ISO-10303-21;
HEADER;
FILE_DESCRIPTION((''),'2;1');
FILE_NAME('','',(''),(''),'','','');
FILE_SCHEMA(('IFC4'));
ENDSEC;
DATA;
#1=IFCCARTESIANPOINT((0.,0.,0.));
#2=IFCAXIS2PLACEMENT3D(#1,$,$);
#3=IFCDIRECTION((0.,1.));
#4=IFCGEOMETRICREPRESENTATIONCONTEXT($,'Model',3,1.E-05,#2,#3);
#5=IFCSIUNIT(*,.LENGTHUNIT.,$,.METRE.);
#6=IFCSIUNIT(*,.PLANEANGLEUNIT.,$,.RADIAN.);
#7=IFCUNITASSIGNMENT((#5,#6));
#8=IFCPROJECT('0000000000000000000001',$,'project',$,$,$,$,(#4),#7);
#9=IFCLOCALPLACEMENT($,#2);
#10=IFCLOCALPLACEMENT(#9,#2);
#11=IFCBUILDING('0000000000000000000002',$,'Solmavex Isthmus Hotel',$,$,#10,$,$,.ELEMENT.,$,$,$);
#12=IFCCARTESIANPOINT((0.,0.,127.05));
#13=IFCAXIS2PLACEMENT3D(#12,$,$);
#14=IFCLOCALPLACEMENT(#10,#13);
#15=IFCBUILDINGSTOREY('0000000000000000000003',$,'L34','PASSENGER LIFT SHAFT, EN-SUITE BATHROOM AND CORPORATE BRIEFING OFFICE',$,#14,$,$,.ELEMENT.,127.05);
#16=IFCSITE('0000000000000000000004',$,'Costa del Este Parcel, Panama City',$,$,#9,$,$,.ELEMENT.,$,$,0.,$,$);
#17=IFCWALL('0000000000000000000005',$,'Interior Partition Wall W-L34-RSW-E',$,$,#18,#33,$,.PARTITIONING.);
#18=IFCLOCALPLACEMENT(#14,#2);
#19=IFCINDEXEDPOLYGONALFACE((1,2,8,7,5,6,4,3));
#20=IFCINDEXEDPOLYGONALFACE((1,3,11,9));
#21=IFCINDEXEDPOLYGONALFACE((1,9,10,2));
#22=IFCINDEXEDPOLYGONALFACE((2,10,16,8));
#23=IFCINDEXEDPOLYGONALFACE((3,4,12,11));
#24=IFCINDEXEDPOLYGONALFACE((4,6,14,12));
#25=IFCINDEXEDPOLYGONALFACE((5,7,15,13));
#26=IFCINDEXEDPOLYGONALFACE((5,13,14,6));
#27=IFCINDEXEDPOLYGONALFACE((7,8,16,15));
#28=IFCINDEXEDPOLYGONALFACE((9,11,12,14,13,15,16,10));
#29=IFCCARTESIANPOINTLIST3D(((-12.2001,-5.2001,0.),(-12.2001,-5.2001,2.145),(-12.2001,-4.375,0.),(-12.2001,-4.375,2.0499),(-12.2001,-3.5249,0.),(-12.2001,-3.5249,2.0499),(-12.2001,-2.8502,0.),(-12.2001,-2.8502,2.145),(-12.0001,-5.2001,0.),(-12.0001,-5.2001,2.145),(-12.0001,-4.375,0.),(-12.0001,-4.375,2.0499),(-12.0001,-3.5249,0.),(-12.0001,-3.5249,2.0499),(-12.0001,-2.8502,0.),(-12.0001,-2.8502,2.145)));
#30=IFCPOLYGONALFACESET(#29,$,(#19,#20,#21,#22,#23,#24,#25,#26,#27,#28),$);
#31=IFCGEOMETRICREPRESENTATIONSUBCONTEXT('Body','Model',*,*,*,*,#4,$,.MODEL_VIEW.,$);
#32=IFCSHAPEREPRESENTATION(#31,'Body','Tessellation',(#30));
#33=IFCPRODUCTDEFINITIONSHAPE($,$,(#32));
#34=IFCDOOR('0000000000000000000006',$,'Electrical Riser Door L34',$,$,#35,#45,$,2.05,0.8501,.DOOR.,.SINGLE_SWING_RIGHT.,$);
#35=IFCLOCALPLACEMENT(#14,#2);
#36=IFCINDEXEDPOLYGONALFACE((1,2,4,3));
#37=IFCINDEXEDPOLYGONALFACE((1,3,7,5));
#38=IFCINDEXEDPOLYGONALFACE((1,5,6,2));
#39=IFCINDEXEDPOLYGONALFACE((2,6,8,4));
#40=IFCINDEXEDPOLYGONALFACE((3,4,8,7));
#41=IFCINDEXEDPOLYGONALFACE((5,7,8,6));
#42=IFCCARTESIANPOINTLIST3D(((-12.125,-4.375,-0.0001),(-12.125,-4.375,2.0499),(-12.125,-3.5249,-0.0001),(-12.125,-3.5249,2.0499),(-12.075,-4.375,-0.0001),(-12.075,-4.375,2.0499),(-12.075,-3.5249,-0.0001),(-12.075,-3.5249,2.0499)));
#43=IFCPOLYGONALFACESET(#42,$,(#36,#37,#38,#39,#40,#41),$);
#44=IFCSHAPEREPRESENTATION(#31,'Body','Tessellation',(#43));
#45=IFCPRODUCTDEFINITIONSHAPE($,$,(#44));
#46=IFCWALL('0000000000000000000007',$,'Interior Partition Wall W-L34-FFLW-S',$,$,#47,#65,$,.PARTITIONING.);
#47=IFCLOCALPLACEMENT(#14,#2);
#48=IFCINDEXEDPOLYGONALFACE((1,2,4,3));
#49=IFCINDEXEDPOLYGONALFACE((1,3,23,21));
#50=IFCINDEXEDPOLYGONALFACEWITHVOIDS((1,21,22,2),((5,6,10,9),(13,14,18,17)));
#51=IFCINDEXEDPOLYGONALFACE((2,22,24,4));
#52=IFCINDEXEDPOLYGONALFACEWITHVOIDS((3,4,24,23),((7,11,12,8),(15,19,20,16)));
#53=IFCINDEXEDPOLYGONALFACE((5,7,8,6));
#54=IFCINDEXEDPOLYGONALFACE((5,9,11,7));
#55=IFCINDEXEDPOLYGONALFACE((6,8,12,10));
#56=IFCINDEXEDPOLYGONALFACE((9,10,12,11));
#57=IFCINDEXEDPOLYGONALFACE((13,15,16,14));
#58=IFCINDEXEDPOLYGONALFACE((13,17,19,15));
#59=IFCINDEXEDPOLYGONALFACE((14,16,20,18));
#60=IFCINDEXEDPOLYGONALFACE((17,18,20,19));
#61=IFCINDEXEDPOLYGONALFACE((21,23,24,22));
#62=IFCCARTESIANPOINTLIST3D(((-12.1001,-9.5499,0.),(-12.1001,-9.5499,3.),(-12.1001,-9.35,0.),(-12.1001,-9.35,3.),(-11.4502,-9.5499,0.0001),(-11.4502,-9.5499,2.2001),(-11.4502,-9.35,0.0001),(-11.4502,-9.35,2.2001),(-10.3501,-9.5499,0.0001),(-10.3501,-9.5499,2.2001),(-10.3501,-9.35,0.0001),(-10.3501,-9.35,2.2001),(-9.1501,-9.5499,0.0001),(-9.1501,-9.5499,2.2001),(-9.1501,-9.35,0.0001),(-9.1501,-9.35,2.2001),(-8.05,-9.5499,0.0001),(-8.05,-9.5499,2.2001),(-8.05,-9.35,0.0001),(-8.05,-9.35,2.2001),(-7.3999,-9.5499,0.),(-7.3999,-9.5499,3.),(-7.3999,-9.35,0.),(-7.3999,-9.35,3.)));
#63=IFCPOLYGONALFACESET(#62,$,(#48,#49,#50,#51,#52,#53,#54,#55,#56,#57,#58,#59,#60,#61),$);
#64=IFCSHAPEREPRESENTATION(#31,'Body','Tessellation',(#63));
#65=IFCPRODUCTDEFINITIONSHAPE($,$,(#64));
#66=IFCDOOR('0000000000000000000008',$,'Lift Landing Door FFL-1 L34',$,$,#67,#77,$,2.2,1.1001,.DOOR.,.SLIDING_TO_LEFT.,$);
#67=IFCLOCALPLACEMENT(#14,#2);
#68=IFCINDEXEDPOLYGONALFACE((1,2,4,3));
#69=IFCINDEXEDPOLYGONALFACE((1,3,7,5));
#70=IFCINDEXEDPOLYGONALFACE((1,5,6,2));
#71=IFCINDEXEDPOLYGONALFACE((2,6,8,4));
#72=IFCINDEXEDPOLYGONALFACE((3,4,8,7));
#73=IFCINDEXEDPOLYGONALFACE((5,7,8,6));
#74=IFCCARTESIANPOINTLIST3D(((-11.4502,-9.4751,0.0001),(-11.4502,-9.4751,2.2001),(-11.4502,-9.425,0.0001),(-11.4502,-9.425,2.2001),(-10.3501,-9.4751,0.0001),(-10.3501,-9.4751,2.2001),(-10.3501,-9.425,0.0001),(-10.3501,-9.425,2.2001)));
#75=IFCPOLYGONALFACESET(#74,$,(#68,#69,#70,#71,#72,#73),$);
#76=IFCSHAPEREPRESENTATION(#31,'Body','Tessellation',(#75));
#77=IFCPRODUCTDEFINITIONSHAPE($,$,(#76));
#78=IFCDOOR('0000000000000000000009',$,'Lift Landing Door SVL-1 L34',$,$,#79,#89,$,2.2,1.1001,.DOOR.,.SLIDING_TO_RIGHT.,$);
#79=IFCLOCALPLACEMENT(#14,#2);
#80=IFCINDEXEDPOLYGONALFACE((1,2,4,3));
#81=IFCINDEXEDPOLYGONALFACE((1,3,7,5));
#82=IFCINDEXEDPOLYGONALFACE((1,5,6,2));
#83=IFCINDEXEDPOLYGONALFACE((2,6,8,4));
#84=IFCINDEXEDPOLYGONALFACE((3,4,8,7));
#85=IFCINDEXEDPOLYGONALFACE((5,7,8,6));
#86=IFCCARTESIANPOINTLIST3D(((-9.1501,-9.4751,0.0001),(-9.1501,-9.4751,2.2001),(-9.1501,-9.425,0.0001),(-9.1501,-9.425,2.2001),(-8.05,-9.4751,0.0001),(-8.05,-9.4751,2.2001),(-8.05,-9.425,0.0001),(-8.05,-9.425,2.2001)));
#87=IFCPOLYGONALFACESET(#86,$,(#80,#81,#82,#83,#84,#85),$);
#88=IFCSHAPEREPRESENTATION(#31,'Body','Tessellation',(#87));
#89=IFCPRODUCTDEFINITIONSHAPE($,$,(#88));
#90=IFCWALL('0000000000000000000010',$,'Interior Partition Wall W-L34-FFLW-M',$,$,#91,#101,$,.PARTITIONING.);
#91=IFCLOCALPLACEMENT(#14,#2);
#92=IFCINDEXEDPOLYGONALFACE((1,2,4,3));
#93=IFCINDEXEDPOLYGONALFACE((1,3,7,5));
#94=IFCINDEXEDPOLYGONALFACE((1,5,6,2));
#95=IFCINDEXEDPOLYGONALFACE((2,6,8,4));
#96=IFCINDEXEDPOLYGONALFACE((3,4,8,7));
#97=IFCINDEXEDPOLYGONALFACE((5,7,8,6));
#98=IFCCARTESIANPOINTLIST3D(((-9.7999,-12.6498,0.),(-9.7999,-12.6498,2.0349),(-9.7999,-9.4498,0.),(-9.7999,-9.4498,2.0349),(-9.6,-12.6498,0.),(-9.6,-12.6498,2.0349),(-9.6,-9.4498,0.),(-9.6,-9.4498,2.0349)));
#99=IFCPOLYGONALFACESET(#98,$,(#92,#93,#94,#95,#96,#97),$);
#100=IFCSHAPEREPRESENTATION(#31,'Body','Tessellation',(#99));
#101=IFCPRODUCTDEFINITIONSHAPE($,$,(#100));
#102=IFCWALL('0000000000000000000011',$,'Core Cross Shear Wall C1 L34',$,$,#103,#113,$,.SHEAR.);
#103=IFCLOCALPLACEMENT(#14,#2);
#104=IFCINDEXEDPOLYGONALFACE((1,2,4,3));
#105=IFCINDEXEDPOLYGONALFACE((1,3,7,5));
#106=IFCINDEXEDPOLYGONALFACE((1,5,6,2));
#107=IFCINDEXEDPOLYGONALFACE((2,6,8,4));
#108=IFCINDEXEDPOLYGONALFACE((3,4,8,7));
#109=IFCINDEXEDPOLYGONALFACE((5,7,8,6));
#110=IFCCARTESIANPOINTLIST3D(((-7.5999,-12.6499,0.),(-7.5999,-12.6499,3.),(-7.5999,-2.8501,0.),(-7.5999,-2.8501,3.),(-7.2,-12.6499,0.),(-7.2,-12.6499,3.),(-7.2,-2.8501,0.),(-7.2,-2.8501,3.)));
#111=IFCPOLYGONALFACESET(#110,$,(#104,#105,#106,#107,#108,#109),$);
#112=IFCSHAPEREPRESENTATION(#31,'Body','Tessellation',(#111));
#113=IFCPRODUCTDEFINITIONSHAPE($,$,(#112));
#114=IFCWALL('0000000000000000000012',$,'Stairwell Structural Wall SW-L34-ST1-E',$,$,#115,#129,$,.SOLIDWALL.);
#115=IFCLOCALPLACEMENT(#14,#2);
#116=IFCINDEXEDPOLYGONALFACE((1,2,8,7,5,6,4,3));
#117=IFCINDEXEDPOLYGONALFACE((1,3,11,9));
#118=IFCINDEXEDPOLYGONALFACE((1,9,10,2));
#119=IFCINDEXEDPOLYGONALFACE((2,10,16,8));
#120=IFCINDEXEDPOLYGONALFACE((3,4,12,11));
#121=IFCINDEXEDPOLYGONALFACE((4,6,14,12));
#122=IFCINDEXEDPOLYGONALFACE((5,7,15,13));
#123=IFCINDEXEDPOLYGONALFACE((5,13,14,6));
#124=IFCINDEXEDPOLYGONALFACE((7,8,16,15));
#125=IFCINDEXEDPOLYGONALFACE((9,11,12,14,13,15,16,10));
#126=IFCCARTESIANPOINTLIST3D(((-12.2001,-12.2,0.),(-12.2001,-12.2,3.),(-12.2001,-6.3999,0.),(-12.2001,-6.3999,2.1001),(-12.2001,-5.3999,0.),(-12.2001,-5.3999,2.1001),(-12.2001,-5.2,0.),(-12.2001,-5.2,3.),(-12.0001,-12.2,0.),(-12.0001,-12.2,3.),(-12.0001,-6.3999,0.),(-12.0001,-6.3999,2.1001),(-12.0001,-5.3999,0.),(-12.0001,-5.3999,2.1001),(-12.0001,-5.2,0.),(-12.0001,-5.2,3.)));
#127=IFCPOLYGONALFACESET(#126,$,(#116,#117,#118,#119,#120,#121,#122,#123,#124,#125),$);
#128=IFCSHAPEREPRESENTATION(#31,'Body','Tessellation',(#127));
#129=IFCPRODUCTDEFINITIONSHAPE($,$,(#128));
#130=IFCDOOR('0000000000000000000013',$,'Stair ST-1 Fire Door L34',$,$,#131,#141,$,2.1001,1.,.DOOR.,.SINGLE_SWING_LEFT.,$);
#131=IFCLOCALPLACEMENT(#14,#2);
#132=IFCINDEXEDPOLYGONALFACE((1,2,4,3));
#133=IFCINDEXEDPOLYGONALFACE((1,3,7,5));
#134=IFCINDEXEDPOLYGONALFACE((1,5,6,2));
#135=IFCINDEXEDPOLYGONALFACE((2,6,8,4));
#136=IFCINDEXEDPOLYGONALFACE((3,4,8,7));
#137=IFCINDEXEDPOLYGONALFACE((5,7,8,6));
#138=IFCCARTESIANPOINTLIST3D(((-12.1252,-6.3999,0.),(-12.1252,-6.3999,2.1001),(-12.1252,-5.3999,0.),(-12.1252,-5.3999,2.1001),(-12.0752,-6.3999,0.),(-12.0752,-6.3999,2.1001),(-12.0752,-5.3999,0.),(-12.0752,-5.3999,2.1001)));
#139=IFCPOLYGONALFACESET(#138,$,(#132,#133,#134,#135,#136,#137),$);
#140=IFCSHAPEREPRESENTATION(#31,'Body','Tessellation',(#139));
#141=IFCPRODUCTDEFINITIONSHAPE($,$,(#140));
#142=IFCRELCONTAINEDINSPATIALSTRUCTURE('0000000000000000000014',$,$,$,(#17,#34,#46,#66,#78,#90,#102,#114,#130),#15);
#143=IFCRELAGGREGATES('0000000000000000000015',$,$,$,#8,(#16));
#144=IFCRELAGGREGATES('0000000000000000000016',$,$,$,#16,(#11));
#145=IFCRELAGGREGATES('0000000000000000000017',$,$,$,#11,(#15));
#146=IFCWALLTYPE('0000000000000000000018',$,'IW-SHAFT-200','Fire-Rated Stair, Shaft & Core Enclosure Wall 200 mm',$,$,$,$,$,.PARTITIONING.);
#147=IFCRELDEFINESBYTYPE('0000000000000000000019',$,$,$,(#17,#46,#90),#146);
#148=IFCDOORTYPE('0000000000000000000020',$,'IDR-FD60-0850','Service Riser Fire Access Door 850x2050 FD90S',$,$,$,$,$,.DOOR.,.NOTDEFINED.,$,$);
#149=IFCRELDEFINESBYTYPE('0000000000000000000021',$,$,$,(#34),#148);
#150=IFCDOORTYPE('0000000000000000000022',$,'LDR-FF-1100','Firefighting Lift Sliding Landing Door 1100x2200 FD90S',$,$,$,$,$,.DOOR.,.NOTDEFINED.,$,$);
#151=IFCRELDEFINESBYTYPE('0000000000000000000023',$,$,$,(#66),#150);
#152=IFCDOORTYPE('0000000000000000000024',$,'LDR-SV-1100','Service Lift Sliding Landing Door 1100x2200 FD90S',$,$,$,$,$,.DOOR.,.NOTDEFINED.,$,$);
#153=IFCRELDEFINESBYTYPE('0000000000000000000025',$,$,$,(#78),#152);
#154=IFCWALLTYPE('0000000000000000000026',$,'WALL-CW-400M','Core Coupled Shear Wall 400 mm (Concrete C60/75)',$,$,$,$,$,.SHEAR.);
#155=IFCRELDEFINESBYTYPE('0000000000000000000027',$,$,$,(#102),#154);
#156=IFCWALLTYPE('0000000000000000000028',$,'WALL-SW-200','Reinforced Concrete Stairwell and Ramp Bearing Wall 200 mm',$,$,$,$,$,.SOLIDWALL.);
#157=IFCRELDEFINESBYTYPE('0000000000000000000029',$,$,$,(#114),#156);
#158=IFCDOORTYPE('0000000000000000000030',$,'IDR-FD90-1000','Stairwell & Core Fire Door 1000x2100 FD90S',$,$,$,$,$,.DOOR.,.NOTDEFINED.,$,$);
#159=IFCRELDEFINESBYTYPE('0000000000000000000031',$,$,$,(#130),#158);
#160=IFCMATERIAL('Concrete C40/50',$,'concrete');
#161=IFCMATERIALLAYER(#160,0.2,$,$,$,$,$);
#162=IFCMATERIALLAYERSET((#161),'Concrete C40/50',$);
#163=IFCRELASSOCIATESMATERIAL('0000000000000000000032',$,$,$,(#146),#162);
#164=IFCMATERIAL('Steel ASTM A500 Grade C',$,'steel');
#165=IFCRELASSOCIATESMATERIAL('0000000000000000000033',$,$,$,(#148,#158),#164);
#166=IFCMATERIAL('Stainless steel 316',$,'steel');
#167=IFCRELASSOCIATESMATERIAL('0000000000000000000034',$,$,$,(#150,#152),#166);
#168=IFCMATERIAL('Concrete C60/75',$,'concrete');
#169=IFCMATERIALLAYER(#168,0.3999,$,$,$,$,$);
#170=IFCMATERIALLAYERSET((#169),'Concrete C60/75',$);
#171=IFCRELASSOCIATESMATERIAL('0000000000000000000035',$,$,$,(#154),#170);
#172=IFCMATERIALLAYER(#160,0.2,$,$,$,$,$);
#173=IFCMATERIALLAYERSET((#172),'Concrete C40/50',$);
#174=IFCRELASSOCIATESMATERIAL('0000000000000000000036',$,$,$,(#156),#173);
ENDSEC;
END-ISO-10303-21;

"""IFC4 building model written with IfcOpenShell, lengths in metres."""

from ifc_helpers import new_model, si_unit, direction, frame, frame_2d, origin, place, context, subcontext, project, spatial, rectangle, extrude, material, layer, layer_set, type_object, element, fill, save


model = new_model("IFC4")

# Units and contexts
model_context = context("Model", 3, precision=1e-05, world=origin(), true_north=direction((0.0, 1.0)))
body_context = subcontext(model_context, "Body", "Model", "MODEL_VIEW")
ifc_project = project(units=[si_unit("LENGTHUNIT", "METRE"), si_unit("PLANEANGLEUNIT", "RADIAN")], contexts=[model_context])

# Site, building, storey
site_placement = place(None, origin())
site = spatial("IfcSite", under=ifc_project, at=site_placement, Name="Costa del Este Parcel, Panama City", CompositionType="ELEMENT", RefElevation=0.0)
building_placement = place(site_placement, origin())
building = spatial("IfcBuilding", under=site, at=building_placement, Name="Solmavex Isthmus Hotel", CompositionType="ELEMENT")
storey_placement = place(building_placement, frame((0.0, 0.0, 127.05)))
storey = spatial("IfcBuildingStorey", under=building, at=storey_placement, Name="L34", Description="PASSENGER LIFT SHAFT, EN-SUITE BATHROOM AND CORPORATE BRIEFING OFFICE", CompositionType="ELEMENT", Elevation=127.05)

# Shared definitions
ifc_material_1 = material(Name="Concrete C60/75", Category="concrete")

# Wall, opening, door
ifc_material_2 = material(Name="Concrete C40/50", Category="concrete")
ifc_layer_1 = layer(ifc_material_2, 0.2)
ifc_layer_set_1 = layer_set([ifc_layer_1], Name="Concrete C40/50")
wall_type_1 = type_object("IfcWallType", Name="IW-SHAFT-200", Description="Fire-Rated Stair, Shaft & Core Enclosure Wall 200 mm", PredefinedType="PARTITIONING", material=ifc_layer_set_1)
wall_1_placement = place(storey_placement, frame((-12.1001, -5.2, 0.0), z_axis=(0.0, 0.0, 1.0), x_axis=(0.0, 1.0, 0.0)))
wall_1 = element("IfcWall", 1, at=wall_1_placement, inside=storey, type_object=wall_type_1, Name="Interior Partition Wall W-L34-RSW-E", PredefinedType="PARTITIONING", context=body_context, shape_type="SweptSolid", body=[
    extrude(rectangle(XDim=2.3499, YDim=0.2, at=frame_2d((1.1748, 0.0))), origin(), (0.0, 0.0, 1.0), 2.145),
])
opening_1_placement = place(wall_1_placement, frame((0.825, 0.0, 0.0)))
opening_1 = element("IfcOpeningElement", 2, at=opening_1_placement, cuts=wall_1, PredefinedType="OPENING", context=body_context, shape_type="SweptSolid", body=[
    extrude(rectangle(XDim=0.8501, YDim=2.05, at=frame_2d((0.425, 1.0249))), frame((0.0, 0.1099, 0.0), z_axis=(0.0, -1.0, 0.0), x_axis=(1.0, 0.0, 0.0)), (0.0, 0.0, 1.0), 0.22),
])
ifc_material_3 = material(Name="Steel ASTM A500 Grade C", Category="steel")
door_type_1 = type_object("IfcDoorType", Name="IDR-FD60-0850", Description="Service Riser Fire Access Door 850x2050 FD90S", OperationType="NOTDEFINED", PredefinedType="DOOR", material=ifc_material_3)
door_1_placement = place(opening_1_placement, origin())
door_1 = element("IfcDoor", 3, at=door_1_placement, inside=storey, type_object=door_type_1, Name="Electrical Riser Door L34", OperationType="SINGLE_SWING_RIGHT", OverallHeight=2.05, OverallWidth=0.8501, PredefinedType="DOOR", context=body_context, shape_type="SweptSolid", body=[
    extrude(rectangle(XDim=0.8501, YDim=2.05, at=frame_2d((0.425, 1.0249))), frame((0.0, 0.0249, 0.0), z_axis=(0.0, -1.0, 0.0), x_axis=(1.0, 0.0, 0.0)), (0.0, 0.0, 1.0), 0.05),
])
fill(opening_1, door_1)

# Wall, openings, doors
wall_2_placement = place(storey_placement, frame((-12.1001, -9.45, 0.0), z_axis=(0.0, 0.0, 1.0), x_axis=(1.0, 0.0, 0.0)))
wall_2 = element("IfcWall", 4, at=wall_2_placement, inside=storey, type_object=wall_type_1, Name="Interior Partition Wall W-L34-FFLW-S", PredefinedType="PARTITIONING", context=body_context, shape_type="SweptSolid", body=[
    extrude(rectangle(XDim=4.7002, YDim=0.2, at=frame_2d((2.3501, 0.0))), origin(), (0.0, 0.0, 1.0), 3.0),
])
opening_2_placement = place(wall_2_placement, frame((0.6499, 0.0, 0.0)))
opening_2 = element("IfcOpeningElement", 5, at=opening_2_placement, cuts=wall_2, PredefinedType="OPENING", context=body_context, shape_type="SweptSolid", body=[
    extrude(rectangle(XDim=1.1001, YDim=2.2, at=frame_2d((0.55, 1.1001))), frame((0.0, 0.1099, 0.0), z_axis=(0.0, -1.0, 0.0), x_axis=(1.0, 0.0, 0.0)), (0.0, 0.0, 1.0), 0.22),
])
opening_3_placement = place(wall_2_placement, frame((2.95, 0.0, 0.0)))
opening_3 = element("IfcOpeningElement", 6, at=opening_3_placement, cuts=wall_2, PredefinedType="OPENING", context=body_context, shape_type="SweptSolid", body=[
    extrude(rectangle(XDim=1.1001, YDim=2.2, at=frame_2d((0.55, 1.1001))), frame((0.0, 0.1099, 0.0), z_axis=(0.0, -1.0, 0.0), x_axis=(1.0, 0.0, 0.0)), (0.0, 0.0, 1.0), 0.22),
])
ifc_material_4 = material(Name="Stainless steel 316", Category="steel")
door_type_2 = type_object("IfcDoorType", Name="LDR-FF-1100", Description="Firefighting Lift Sliding Landing Door 1100x2200 FD90S", OperationType="NOTDEFINED", PredefinedType="DOOR", material=ifc_material_4)
door_2_placement = place(opening_2_placement, origin())
door_2 = element("IfcDoor", 7, at=door_2_placement, inside=storey, type_object=door_type_2, Name="Lift Landing Door FFL-1 L34", OperationType="SLIDING_TO_LEFT", OverallHeight=2.2, OverallWidth=1.1001, PredefinedType="DOOR", context=body_context, shape_type="SweptSolid", body=[
    extrude(rectangle(XDim=1.1001, YDim=2.2, at=frame_2d((0.55, 1.1001))), frame((0.0, 0.0249, 0.0), z_axis=(0.0, -1.0, 0.0), x_axis=(1.0, 0.0, 0.0)), (0.0, 0.0, 1.0), 0.05),
])
fill(opening_2, door_2)
door_type_3 = type_object("IfcDoorType", Name="LDR-SV-1100", Description="Service Lift Sliding Landing Door 1100x2200 FD90S", OperationType="NOTDEFINED", PredefinedType="DOOR", material=ifc_material_4)
door_3_placement = place(opening_3_placement, origin())
door_3 = element("IfcDoor", 8, at=door_3_placement, inside=storey, type_object=door_type_3, Name="Lift Landing Door SVL-1 L34", OperationType="SLIDING_TO_RIGHT", OverallHeight=2.2, OverallWidth=1.1001, PredefinedType="DOOR", context=body_context, shape_type="SweptSolid", body=[
    extrude(rectangle(XDim=1.1001, YDim=2.2, at=frame_2d((0.55, 1.1001))), frame((0.0, 0.0249, 0.0), z_axis=(0.0, -1.0, 0.0), x_axis=(1.0, 0.0, 0.0)), (0.0, 0.0, 1.0), 0.05),
])
fill(opening_3, door_3)

# Walls
wall_3_placement = place(storey_placement, frame((-9.7, -12.6499, 0.0), z_axis=(0.0, 0.0, 1.0), x_axis=(0.0, 1.0, 0.0)))
element("IfcWall", 9, at=wall_3_placement, inside=storey, type_object=wall_type_1, Name="Interior Partition Wall W-L34-FFLW-M", PredefinedType="PARTITIONING", context=body_context, shape_type="SweptSolid", body=[
    extrude(rectangle(XDim=3.2, YDim=0.2, at=frame_2d((1.6001, 0.0))), origin(), (0.0, 0.0, 1.0), 2.0349),
])
ifc_layer_2 = layer(ifc_material_1, 0.3999)
ifc_layer_set_2 = layer_set([ifc_layer_2], Name="Concrete C60/75")
wall_type_2 = type_object("IfcWallType", Name="WALL-CW-400M", Description="Core Coupled Shear Wall 400 mm (Concrete C60/75)", PredefinedType="SHEAR", material=ifc_layer_set_2)
wall_4_placement = place(storey_placement, frame((-7.3999, -12.6499, 0.0), z_axis=(0.0, 0.0, 1.0), x_axis=(0.0, 1.0, 0.0)))
element("IfcWall", 10, at=wall_4_placement, inside=storey, type_object=wall_type_2, Name="Core Cross Shear Wall C1 L34", PredefinedType="SHEAR", context=body_context, shape_type="SweptSolid", body=[
    extrude(rectangle(XDim=9.7998, YDim=0.3999, at=frame_2d((4.8999, 0.0))), origin(), (0.0, 0.0, 1.0), 3.0),
])

# Wall, opening, door
ifc_layer_3 = layer(ifc_material_2, 0.2)
ifc_layer_set_3 = layer_set([ifc_layer_3], Name="Concrete C40/50")
wall_type_3 = type_object("IfcWallType", Name="WALL-SW-200", Description="Reinforced Concrete Stairwell and Ramp Bearing Wall 200 mm", PredefinedType="SOLIDWALL", material=ifc_layer_set_3)
wall_5_placement = place(storey_placement, frame((-12.1001, -12.2, 0.0), z_axis=(0.0, 0.0, 1.0), x_axis=(0.0, 1.0, 0.0)))
wall_5 = element("IfcWall", 11, at=wall_5_placement, inside=storey, type_object=wall_type_3, Name="Stairwell Structural Wall SW-L34-ST1-E", PredefinedType="SOLIDWALL", context=body_context, shape_type="SweptSolid", body=[
    extrude(rectangle(XDim=7.0, YDim=0.2, at=frame_2d((3.5, 0.0))), origin(), (0.0, 0.0, 1.0), 3.0),
])
opening_4_placement = place(wall_5_placement, frame((5.8, 0.0, 0.0)))
opening_4 = element("IfcOpeningElement", 12, at=opening_4_placement, cuts=wall_5, PredefinedType="OPENING", context=body_context, shape_type="SweptSolid", body=[
    extrude(rectangle(XDim=1.0, YDim=2.1001, at=frame_2d((0.5, 1.05))), frame((0.0, 0.1099, 0.0), z_axis=(0.0, -1.0, 0.0), x_axis=(1.0, 0.0, 0.0)), (0.0, 0.0, 1.0), 0.22),
])
door_type_4 = type_object("IfcDoorType", Name="IDR-FD90-1000", Description="Stairwell & Core Fire Door 1000x2100 FD90S", OperationType="NOTDEFINED", PredefinedType="DOOR", material=ifc_material_3)
door_4_placement = place(opening_4_placement, frame((1.0, 0.0, 0.0), z_axis=(0.0, 0.0, 1.0), x_axis=(-1.0, 0.0, 0.0)))
door_4 = element("IfcDoor", 13, at=door_4_placement, inside=storey, type_object=door_type_4, Name="Stair ST-1 Fire Door L34", OperationType="SINGLE_SWING_LEFT", OverallHeight=2.1001, OverallWidth=1.0, PredefinedType="DOOR", context=body_context, shape_type="SweptSolid", body=[
    extrude(rectangle(XDim=1.0, YDim=2.1001, at=frame_2d((0.5, 1.05))), frame((0.0, 0.0249, 0.0), z_axis=(0.0, -1.0, 0.0), x_axis=(1.0, 0.0, 0.0)), (0.0, 0.0, 1.0), 0.05),
])
fill(opening_4, door_4)

save(model, "model.ifc")
